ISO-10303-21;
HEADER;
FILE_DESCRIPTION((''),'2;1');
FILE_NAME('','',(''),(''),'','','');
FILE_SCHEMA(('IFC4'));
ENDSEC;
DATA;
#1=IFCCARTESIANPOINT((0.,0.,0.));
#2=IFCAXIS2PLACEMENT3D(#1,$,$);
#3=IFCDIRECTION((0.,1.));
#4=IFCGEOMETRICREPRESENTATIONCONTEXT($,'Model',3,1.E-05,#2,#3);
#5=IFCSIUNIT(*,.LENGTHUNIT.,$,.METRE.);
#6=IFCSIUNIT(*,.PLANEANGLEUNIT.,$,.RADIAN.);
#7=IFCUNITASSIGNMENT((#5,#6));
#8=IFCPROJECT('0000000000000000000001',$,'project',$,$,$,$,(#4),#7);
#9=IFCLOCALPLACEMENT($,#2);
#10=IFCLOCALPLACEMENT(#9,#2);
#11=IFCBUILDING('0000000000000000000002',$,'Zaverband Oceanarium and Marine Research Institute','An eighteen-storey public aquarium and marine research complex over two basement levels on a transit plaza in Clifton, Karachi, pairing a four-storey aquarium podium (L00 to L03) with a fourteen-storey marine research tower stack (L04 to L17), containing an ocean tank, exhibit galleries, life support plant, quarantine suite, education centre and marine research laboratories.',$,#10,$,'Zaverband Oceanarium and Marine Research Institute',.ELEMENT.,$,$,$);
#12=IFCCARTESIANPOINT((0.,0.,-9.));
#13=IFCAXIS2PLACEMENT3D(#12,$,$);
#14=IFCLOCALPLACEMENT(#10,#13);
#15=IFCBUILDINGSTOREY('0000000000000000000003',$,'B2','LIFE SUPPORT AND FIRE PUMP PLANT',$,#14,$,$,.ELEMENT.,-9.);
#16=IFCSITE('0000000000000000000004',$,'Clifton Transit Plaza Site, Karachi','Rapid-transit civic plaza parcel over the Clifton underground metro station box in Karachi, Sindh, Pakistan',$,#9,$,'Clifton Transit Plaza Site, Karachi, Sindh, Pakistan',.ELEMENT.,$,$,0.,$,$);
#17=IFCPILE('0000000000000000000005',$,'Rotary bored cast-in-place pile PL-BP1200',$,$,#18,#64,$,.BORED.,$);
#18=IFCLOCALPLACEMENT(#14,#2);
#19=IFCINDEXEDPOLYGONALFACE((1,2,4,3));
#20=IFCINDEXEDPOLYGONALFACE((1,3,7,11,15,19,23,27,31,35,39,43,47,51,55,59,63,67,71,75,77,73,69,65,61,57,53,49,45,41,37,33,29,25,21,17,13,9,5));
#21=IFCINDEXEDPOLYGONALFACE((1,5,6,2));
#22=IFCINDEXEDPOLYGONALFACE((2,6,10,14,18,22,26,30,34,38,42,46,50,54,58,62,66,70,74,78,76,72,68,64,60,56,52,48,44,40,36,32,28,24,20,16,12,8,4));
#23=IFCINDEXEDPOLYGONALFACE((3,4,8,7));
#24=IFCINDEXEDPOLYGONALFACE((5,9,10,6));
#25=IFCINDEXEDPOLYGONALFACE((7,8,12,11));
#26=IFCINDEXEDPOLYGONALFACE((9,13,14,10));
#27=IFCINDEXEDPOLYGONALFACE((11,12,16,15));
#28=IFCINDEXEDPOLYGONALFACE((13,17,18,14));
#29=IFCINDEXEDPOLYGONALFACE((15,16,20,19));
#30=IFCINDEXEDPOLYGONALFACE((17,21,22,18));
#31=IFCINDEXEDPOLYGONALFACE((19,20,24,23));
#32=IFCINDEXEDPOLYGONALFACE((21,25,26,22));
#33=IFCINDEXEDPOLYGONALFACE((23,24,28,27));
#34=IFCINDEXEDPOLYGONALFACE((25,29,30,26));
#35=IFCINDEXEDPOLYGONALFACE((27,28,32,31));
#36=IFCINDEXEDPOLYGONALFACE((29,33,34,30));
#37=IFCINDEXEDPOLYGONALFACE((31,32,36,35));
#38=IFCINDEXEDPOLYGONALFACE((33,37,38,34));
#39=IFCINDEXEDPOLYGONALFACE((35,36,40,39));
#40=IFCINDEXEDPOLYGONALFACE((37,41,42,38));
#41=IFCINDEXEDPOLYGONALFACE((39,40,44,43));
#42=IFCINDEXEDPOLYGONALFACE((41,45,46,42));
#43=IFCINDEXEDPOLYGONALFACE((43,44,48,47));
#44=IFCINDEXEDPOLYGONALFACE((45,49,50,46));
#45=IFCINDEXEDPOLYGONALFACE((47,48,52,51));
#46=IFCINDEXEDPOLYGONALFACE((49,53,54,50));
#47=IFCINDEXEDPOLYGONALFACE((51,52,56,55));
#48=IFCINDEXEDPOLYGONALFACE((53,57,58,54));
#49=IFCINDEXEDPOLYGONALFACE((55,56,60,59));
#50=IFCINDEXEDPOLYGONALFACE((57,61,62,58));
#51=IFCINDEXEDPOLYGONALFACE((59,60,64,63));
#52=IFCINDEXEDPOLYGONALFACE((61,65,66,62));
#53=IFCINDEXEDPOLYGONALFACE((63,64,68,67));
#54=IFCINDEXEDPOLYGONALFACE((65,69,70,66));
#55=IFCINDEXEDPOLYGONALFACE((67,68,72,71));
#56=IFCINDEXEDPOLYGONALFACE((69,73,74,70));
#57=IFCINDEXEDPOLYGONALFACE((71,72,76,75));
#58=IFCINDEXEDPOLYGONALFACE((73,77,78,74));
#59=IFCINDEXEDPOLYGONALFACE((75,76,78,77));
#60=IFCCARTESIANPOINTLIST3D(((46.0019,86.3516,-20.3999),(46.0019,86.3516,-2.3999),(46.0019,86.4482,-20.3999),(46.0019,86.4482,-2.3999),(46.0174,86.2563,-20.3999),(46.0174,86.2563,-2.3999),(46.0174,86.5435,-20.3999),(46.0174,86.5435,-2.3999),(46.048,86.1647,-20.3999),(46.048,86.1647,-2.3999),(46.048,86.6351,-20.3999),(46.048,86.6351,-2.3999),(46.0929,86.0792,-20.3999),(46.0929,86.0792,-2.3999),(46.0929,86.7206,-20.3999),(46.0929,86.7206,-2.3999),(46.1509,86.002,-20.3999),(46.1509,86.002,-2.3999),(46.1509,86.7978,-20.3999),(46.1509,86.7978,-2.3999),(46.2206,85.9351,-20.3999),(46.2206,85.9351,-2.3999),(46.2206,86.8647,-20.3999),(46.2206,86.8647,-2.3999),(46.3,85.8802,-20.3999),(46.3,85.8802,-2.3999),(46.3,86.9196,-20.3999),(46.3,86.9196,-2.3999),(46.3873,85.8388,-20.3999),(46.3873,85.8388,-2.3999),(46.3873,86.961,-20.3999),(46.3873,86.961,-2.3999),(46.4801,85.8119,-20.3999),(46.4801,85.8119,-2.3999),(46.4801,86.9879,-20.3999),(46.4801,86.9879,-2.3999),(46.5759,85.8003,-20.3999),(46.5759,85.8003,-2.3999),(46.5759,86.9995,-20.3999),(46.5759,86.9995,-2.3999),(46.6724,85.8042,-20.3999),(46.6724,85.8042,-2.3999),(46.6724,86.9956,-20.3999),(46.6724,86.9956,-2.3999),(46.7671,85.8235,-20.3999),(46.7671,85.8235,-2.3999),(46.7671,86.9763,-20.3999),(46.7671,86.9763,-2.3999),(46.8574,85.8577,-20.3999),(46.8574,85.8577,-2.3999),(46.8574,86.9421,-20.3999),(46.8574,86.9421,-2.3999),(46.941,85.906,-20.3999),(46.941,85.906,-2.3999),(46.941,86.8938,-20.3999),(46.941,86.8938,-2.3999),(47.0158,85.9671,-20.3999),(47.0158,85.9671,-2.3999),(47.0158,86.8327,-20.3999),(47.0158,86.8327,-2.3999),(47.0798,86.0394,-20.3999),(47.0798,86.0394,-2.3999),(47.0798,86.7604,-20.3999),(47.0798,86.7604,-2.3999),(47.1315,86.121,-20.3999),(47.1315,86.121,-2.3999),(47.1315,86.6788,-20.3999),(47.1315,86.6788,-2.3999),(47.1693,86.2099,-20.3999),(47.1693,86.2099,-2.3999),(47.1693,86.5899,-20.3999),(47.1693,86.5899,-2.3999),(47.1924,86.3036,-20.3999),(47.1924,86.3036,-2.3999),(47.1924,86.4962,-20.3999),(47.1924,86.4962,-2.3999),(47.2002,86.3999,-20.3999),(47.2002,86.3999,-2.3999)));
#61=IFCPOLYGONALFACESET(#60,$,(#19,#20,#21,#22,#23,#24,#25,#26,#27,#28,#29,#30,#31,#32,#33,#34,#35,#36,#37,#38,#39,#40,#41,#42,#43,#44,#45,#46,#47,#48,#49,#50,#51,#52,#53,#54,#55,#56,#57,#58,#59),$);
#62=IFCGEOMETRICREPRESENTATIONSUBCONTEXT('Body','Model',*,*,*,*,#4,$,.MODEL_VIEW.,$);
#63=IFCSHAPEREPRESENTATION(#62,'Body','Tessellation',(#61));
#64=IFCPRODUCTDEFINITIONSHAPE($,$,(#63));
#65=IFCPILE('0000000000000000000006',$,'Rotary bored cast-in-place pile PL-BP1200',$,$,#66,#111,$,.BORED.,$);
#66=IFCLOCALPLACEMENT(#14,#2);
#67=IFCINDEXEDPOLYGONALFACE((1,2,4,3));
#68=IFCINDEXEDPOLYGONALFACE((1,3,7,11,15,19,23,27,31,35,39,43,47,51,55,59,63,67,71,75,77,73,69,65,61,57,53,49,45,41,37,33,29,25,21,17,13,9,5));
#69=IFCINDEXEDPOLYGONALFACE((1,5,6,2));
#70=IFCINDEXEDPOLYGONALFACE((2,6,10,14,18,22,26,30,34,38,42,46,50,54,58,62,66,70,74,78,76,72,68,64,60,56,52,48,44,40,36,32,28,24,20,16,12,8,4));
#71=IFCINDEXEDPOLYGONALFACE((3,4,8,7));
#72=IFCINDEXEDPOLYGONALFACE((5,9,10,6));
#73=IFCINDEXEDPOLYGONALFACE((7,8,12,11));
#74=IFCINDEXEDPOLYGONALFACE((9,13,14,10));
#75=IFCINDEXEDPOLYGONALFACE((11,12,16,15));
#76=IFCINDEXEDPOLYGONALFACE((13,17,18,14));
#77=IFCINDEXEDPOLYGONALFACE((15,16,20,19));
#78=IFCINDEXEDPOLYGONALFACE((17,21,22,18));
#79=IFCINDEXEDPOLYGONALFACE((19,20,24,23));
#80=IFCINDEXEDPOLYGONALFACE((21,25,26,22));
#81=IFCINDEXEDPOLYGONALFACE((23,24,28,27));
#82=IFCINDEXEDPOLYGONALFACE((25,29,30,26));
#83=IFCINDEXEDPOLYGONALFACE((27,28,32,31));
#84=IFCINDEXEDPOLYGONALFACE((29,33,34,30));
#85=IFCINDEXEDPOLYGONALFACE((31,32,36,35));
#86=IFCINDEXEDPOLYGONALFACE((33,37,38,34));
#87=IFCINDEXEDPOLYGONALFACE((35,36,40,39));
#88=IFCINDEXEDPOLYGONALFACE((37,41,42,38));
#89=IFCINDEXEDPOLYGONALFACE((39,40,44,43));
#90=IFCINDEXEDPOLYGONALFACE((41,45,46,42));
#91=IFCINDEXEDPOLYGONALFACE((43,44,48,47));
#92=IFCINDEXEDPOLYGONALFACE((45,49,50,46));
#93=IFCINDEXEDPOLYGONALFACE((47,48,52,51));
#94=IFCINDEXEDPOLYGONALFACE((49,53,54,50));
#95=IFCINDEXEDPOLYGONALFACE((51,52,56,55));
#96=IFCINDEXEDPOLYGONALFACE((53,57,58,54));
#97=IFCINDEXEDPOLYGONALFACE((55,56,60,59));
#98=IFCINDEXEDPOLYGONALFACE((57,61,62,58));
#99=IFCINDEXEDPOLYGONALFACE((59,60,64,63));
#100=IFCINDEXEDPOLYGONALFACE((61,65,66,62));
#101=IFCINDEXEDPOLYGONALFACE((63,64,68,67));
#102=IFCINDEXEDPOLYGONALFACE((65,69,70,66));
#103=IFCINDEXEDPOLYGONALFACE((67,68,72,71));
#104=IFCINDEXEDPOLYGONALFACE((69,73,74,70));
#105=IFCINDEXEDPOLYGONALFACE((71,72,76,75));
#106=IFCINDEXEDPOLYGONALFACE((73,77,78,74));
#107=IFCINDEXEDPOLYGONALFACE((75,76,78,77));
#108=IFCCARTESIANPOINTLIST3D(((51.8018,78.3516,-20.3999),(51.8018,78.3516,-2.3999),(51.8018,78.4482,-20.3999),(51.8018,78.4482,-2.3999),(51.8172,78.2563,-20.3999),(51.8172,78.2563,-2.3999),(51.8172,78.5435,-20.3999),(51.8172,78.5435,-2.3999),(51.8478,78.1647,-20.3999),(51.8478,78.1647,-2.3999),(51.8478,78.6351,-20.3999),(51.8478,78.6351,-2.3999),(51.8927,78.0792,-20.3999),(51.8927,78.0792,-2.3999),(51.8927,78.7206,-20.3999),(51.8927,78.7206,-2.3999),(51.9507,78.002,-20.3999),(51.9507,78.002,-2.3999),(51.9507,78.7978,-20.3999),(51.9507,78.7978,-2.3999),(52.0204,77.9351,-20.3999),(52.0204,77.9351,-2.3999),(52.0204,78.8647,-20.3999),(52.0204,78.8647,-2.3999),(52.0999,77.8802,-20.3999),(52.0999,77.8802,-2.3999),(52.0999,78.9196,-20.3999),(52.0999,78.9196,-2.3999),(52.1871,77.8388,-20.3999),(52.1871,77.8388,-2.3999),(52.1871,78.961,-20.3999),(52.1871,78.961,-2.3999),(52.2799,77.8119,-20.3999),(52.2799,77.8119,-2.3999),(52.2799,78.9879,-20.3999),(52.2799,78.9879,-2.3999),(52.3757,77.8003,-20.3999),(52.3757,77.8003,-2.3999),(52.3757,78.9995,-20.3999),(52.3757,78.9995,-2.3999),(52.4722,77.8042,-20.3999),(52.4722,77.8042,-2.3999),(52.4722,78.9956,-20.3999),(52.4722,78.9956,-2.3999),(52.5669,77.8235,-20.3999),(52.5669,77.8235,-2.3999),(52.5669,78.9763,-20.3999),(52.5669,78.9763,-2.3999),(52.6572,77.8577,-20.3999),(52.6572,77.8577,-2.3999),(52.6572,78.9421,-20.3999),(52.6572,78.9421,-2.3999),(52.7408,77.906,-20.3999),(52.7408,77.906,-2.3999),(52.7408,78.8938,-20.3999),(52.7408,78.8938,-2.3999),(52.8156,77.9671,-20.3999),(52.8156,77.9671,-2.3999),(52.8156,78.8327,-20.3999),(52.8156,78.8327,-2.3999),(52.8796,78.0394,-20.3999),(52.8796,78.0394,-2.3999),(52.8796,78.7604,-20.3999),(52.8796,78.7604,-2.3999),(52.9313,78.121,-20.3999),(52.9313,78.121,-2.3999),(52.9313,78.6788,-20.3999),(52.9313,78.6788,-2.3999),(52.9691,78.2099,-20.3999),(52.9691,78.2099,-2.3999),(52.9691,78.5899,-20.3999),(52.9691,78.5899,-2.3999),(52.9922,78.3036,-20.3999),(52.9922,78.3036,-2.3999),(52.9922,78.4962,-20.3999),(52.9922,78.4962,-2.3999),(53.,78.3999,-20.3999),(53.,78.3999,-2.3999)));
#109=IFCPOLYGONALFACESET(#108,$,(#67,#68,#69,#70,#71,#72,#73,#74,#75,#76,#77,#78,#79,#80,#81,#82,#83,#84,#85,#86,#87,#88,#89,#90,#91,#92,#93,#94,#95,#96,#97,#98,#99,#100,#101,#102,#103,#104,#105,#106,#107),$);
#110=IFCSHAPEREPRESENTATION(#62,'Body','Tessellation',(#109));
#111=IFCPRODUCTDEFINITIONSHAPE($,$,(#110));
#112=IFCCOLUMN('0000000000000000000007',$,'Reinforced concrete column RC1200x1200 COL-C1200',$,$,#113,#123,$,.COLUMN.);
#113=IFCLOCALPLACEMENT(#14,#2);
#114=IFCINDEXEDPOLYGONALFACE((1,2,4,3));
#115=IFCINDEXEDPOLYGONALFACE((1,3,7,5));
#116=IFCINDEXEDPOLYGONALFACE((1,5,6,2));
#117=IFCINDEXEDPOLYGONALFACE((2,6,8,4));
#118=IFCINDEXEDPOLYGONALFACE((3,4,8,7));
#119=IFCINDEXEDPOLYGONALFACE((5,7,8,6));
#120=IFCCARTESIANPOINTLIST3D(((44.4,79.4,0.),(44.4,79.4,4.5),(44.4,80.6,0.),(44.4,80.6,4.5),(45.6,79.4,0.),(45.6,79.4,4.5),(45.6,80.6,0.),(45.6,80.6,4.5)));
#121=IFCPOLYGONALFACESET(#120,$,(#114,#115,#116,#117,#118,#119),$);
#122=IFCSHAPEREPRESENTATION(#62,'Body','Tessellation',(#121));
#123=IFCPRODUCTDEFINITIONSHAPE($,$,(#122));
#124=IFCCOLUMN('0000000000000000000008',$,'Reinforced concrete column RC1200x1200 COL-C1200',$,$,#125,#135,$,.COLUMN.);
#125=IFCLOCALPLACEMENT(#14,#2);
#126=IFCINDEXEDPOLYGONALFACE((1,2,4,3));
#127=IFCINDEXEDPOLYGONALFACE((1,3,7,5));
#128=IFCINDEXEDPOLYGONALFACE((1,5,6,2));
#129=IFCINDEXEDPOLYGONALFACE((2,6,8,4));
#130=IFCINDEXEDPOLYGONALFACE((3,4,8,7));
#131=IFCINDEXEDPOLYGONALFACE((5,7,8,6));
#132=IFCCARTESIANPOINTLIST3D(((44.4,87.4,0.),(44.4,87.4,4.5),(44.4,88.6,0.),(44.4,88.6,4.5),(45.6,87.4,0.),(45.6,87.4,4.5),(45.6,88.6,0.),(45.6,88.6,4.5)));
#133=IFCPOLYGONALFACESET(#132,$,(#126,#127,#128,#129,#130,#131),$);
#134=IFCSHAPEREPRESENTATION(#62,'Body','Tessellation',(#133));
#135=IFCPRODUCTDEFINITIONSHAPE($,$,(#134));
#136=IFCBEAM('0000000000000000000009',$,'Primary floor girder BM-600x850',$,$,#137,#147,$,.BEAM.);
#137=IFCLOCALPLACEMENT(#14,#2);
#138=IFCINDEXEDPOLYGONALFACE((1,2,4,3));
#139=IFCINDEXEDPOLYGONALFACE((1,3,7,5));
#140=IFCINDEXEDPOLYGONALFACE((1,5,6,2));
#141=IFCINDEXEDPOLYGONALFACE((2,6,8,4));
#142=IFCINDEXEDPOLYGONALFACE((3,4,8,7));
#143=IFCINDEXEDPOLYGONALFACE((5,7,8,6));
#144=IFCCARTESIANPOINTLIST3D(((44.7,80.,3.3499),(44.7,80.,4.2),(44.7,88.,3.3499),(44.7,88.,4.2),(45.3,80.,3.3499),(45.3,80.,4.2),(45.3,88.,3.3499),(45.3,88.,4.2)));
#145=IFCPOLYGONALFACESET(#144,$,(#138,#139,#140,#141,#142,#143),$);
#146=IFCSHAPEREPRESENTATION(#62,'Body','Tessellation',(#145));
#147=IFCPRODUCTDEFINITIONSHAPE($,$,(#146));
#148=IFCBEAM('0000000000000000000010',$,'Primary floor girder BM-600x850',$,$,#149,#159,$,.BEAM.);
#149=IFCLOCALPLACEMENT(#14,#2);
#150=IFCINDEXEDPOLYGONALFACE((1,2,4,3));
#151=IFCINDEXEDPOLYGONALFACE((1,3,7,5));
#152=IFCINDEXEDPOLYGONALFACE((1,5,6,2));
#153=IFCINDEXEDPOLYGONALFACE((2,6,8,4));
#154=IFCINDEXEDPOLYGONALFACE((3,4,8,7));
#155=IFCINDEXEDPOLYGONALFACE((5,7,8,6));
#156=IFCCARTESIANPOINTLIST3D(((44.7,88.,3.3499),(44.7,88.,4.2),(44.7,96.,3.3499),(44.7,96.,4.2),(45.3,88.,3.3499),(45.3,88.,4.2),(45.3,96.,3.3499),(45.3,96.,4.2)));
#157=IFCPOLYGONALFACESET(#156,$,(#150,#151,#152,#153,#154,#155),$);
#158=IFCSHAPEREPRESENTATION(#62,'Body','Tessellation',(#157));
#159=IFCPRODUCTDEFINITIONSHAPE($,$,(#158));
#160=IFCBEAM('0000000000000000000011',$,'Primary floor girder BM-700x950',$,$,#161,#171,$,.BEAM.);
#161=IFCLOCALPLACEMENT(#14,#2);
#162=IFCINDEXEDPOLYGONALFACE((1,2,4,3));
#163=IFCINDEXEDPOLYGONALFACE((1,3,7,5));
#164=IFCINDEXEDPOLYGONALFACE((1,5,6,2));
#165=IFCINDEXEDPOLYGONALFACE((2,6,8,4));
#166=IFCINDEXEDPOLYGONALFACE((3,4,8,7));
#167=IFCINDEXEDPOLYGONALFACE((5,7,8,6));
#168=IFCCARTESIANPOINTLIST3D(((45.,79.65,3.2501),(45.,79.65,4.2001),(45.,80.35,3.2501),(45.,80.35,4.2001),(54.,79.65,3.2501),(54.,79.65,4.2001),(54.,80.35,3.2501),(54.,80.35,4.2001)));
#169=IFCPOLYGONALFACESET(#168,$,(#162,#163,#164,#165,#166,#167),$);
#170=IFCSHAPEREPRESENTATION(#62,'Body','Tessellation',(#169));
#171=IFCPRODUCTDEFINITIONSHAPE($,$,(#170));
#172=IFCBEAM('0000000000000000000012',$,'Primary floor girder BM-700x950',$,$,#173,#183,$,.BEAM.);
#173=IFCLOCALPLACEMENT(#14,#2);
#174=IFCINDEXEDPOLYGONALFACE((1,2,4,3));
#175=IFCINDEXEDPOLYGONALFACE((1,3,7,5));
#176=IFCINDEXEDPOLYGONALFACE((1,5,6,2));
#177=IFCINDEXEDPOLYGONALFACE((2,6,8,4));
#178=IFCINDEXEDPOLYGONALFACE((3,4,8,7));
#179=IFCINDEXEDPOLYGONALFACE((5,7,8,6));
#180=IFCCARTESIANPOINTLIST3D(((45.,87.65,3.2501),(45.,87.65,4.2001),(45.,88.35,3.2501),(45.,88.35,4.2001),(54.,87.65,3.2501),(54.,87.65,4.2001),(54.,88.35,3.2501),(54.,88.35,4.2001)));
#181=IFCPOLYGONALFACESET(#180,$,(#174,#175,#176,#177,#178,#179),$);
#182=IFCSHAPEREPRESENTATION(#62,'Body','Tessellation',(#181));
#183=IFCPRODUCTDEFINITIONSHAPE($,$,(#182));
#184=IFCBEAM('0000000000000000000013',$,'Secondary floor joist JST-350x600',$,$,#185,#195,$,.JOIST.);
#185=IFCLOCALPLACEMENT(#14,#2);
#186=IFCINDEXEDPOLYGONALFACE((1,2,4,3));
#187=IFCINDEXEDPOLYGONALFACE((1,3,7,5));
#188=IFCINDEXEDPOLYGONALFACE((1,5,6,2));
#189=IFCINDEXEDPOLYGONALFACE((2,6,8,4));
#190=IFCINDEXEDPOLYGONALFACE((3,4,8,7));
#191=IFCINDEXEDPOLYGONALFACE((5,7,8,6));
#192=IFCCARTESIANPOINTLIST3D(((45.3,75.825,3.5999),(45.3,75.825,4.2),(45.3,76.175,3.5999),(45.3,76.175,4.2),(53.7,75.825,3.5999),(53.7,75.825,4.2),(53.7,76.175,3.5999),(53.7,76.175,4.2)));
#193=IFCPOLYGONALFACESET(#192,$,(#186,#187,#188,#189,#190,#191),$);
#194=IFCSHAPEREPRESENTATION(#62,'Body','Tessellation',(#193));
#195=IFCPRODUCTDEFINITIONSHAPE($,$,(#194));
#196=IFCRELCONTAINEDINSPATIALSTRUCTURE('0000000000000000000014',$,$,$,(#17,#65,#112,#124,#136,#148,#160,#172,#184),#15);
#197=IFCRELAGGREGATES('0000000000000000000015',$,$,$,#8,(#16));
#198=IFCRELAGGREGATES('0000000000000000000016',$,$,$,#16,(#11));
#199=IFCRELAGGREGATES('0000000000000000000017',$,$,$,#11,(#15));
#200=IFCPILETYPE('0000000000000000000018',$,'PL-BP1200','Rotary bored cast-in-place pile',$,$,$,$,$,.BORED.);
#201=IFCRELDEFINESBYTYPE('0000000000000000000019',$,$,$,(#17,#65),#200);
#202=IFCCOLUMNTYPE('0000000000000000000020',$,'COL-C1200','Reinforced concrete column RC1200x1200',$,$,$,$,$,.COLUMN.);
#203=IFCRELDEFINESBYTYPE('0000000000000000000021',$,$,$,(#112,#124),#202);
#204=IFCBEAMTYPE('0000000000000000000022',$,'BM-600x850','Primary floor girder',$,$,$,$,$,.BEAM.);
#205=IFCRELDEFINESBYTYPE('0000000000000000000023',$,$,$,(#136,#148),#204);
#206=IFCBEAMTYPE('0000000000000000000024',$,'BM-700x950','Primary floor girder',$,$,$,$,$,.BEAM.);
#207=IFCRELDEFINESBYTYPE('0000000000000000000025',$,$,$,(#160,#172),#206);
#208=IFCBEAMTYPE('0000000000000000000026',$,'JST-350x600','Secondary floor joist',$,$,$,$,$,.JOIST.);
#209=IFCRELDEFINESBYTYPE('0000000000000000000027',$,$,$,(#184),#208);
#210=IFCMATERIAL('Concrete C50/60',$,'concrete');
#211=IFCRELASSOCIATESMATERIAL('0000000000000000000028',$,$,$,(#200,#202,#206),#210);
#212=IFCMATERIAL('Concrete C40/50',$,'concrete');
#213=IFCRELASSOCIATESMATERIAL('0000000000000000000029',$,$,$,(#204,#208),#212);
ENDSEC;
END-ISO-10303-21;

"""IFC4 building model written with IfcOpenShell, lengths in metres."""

from ifc_helpers import new_model, si_unit, direction, frame, origin, origin_2d, place, context, subcontext, project, spatial, rectangle, circle, extrude, material, material_profile, profile_set, type_object, element, save


model = new_model("IFC4")

# Units and contexts
model_context = context("Model", 3, precision=1e-05, world=origin(), true_north=direction((0.0, 1.0)))
body_context = subcontext(model_context, "Body", "Model", "MODEL_VIEW")
ifc_project = project(units=[si_unit("LENGTHUNIT", "METRE"), si_unit("PLANEANGLEUNIT", "RADIAN")], contexts=[model_context])

# Site, building, storey
site_placement = place(None, origin())
site = spatial("IfcSite", under=ifc_project, at=site_placement, Name="Clifton Transit Plaza Site, Karachi", Description="Rapid-transit civic plaza parcel over the Clifton underground metro station box in Karachi, Sindh, Pakistan", LongName="Clifton Transit Plaza Site, Karachi, Sindh, Pakistan", CompositionType="ELEMENT", RefElevation=0.0)
building_placement = place(site_placement, origin())
building = spatial("IfcBuilding", under=site, at=building_placement, Name="Zaverband Oceanarium and Marine Research Institute", Description="An eighteen-storey public aquarium and marine research complex over two basement levels on a transit plaza in Clifton, Karachi, pairing a four-storey aquarium podium (L00 to L03) with a fourteen-storey marine research tower stack (L04 to L17), containing an ocean tank, exhibit galleries, life support plant, quarantine suite, education centre and marine research laboratories.", LongName="Zaverband Oceanarium and Marine Research Institute", CompositionType="ELEMENT")
storey_placement = place(building_placement, frame((0.0, 0.0, -9.0)))
storey = spatial("IfcBuildingStorey", under=building, at=storey_placement, Name="B2", Description="LIFE SUPPORT AND FIRE PUMP PLANT", CompositionType="ELEMENT", Elevation=-9.0)

# Shared definitions
ifc_material_1 = material(Name="Concrete C50/60", Category="concrete")

# Piles
ifc_material_profile_1 = material_profile(ifc_material_1, circle(Radius=0.6001, at=origin_2d()), Name="BP1200")
ifc_profile_set_1 = profile_set([ifc_material_profile_1], Name="Concrete C50/60")
pile_type = type_object("IfcPileType", Name="PL-BP1200", Description="Rotary bored cast-in-place pile", PredefinedType="BORED", material=ifc_profile_set_1)
for number, where, z_axis, x_axis, name in (
    (1, (46.6001, 86.3999, -2.3999), (0.0, 0.0, -1.0), (1.0, 0.0, 0.0), "Rotary bored cast-in-place pile PL-BP1200"),
    (2, (52.3999, 78.3999, -2.3999), (0.0, 0.0, -1.0), (1.0, 0.0, 0.0), "Rotary bored cast-in-place pile PL-BP1200"),
):
    element("IfcPile", number, at=place(storey_placement, frame(where, z_axis=z_axis, x_axis=x_axis)), inside=storey, type_object=pile_type, Name=name, PredefinedType="BORED", context=body_context, shape_type="SweptSolid", body=[
        extrude(circle(Radius=0.6001, at=origin_2d()), origin(), (0.0, 0.0, 1.0), 18.0),
    ])

# Columns
ifc_material_profile_2 = material_profile(ifc_material_1, rectangle(XDim=1.2, YDim=1.2, at=origin_2d()), Name="RC1200x1200")
ifc_profile_set_2 = profile_set([ifc_material_profile_2], Name="Concrete C50/60")
column_type = type_object("IfcColumnType", Name="COL-C1200", Description="Reinforced concrete column RC1200x1200", PredefinedType="COLUMN", material=ifc_profile_set_2)
for number, where, z_axis, x_axis, name in (
    (3, (45.0, 80.0, 0.0), (0.0, 0.0, 1.0), (1.0, 0.0, 0.0), "Reinforced concrete column RC1200x1200 COL-C1200"),
    (4, (45.0, 88.0, 0.0), (0.0, 0.0, 1.0), (1.0, 0.0, 0.0), "Reinforced concrete column RC1200x1200 COL-C1200"),
):
    element("IfcColumn", number, at=place(storey_placement, frame(where, z_axis=z_axis, x_axis=x_axis)), inside=storey, type_object=column_type, Name=name, PredefinedType="COLUMN", context=body_context, shape_type="SweptSolid", body=[
        extrude(rectangle(XDim=1.2, YDim=1.2, at=origin_2d()), origin(), (0.0, 0.0, 1.0), 4.5),
    ])

# Beams
ifc_material_2 = material(Name="Concrete C40/50", Category="concrete")
ifc_material_profile_3 = material_profile(ifc_material_2, rectangle(XDim=0.6001, YDim=0.8501, at=origin_2d()), Name="RC600x850")
ifc_profile_set_3 = profile_set([ifc_material_profile_3], Name="Concrete C40/50")
beam_type_1 = type_object("IfcBeamType", Name="BM-600x850", Description="Primary floor girder", PredefinedType="BEAM", material=ifc_profile_set_3)
for number, where, z_axis, x_axis, name in (
    (5, (45.0, 80.0, 3.7749), (0.0, 1.0, 0.0), (-1.0, 0.0, 0.0), "Primary floor girder BM-600x850"),
    (6, (45.0, 88.0, 3.7749), (0.0, 1.0, 0.0), (-1.0, 0.0, 0.0), "Primary floor girder BM-600x850"),
):
    element("IfcBeam", number, at=place(storey_placement, frame(where, z_axis=z_axis, x_axis=x_axis)), inside=storey, type_object=beam_type_1, Name=name, PredefinedType="BEAM", context=body_context, shape_type="SweptSolid", body=[
        extrude(rectangle(XDim=0.6001, YDim=0.8501, at=origin_2d()), origin(), (0.0, 0.0, 1.0), 8.0),
    ])
ifc_material_profile_4 = material_profile(ifc_material_1, rectangle(XDim=0.7, YDim=0.95, at=origin_2d()), Name="RC700x950")
ifc_profile_set_4 = profile_set([ifc_material_profile_4], Name="Concrete C50/60")
beam_type_2 = type_object("IfcBeamType", Name="BM-700x950", Description="Primary floor girder", PredefinedType="BEAM", material=ifc_profile_set_4)
for number, where, z_axis, x_axis, name in (
    (7, (45.0, 80.0, 3.7251), (1.0, 0.0, 0.0), (0.0, 1.0, 0.0), "Primary floor girder BM-700x950"),
    (8, (45.0, 88.0, 3.7251), (1.0, 0.0, 0.0), (0.0, 1.0, 0.0), "Primary floor girder BM-700x950"),
):
    element("IfcBeam", number, at=place(storey_placement, frame(where, z_axis=z_axis, x_axis=x_axis)), inside=storey, type_object=beam_type_2, Name=name, PredefinedType="BEAM", context=body_context, shape_type="SweptSolid", body=[
        extrude(rectangle(XDim=0.7, YDim=0.95, at=origin_2d()), origin(), (0.0, 0.0, 1.0), 9.0),
    ])
ifc_material_profile_5 = material_profile(ifc_material_2, rectangle(XDim=0.3501, YDim=0.6001, at=origin_2d()), Name="RC350x600")
ifc_profile_set_5 = profile_set([ifc_material_profile_5], Name="Concrete C40/50")
beam_type_3 = type_object("IfcBeamType", Name="JST-350x600", Description="Secondary floor joist", PredefinedType="JOIST", material=ifc_profile_set_5)
for number, where, z_axis, x_axis, name in (
    (9, (45.3, 76.0, 3.8999), (1.0, 0.0, 0.0), (0.0, 1.0, 0.0), "Secondary floor joist JST-350x600"),
):
    element("IfcBeam", number, at=place(storey_placement, frame(where, z_axis=z_axis, x_axis=x_axis)), inside=storey, type_object=beam_type_3, Name=name, PredefinedType="JOIST", context=body_context, shape_type="SweptSolid", body=[
        extrude(rectangle(XDim=0.3501, YDim=0.6001, at=origin_2d()), origin(), (0.0, 0.0, 1.0), 8.3999),
    ])

save(model, "model.ifc")
